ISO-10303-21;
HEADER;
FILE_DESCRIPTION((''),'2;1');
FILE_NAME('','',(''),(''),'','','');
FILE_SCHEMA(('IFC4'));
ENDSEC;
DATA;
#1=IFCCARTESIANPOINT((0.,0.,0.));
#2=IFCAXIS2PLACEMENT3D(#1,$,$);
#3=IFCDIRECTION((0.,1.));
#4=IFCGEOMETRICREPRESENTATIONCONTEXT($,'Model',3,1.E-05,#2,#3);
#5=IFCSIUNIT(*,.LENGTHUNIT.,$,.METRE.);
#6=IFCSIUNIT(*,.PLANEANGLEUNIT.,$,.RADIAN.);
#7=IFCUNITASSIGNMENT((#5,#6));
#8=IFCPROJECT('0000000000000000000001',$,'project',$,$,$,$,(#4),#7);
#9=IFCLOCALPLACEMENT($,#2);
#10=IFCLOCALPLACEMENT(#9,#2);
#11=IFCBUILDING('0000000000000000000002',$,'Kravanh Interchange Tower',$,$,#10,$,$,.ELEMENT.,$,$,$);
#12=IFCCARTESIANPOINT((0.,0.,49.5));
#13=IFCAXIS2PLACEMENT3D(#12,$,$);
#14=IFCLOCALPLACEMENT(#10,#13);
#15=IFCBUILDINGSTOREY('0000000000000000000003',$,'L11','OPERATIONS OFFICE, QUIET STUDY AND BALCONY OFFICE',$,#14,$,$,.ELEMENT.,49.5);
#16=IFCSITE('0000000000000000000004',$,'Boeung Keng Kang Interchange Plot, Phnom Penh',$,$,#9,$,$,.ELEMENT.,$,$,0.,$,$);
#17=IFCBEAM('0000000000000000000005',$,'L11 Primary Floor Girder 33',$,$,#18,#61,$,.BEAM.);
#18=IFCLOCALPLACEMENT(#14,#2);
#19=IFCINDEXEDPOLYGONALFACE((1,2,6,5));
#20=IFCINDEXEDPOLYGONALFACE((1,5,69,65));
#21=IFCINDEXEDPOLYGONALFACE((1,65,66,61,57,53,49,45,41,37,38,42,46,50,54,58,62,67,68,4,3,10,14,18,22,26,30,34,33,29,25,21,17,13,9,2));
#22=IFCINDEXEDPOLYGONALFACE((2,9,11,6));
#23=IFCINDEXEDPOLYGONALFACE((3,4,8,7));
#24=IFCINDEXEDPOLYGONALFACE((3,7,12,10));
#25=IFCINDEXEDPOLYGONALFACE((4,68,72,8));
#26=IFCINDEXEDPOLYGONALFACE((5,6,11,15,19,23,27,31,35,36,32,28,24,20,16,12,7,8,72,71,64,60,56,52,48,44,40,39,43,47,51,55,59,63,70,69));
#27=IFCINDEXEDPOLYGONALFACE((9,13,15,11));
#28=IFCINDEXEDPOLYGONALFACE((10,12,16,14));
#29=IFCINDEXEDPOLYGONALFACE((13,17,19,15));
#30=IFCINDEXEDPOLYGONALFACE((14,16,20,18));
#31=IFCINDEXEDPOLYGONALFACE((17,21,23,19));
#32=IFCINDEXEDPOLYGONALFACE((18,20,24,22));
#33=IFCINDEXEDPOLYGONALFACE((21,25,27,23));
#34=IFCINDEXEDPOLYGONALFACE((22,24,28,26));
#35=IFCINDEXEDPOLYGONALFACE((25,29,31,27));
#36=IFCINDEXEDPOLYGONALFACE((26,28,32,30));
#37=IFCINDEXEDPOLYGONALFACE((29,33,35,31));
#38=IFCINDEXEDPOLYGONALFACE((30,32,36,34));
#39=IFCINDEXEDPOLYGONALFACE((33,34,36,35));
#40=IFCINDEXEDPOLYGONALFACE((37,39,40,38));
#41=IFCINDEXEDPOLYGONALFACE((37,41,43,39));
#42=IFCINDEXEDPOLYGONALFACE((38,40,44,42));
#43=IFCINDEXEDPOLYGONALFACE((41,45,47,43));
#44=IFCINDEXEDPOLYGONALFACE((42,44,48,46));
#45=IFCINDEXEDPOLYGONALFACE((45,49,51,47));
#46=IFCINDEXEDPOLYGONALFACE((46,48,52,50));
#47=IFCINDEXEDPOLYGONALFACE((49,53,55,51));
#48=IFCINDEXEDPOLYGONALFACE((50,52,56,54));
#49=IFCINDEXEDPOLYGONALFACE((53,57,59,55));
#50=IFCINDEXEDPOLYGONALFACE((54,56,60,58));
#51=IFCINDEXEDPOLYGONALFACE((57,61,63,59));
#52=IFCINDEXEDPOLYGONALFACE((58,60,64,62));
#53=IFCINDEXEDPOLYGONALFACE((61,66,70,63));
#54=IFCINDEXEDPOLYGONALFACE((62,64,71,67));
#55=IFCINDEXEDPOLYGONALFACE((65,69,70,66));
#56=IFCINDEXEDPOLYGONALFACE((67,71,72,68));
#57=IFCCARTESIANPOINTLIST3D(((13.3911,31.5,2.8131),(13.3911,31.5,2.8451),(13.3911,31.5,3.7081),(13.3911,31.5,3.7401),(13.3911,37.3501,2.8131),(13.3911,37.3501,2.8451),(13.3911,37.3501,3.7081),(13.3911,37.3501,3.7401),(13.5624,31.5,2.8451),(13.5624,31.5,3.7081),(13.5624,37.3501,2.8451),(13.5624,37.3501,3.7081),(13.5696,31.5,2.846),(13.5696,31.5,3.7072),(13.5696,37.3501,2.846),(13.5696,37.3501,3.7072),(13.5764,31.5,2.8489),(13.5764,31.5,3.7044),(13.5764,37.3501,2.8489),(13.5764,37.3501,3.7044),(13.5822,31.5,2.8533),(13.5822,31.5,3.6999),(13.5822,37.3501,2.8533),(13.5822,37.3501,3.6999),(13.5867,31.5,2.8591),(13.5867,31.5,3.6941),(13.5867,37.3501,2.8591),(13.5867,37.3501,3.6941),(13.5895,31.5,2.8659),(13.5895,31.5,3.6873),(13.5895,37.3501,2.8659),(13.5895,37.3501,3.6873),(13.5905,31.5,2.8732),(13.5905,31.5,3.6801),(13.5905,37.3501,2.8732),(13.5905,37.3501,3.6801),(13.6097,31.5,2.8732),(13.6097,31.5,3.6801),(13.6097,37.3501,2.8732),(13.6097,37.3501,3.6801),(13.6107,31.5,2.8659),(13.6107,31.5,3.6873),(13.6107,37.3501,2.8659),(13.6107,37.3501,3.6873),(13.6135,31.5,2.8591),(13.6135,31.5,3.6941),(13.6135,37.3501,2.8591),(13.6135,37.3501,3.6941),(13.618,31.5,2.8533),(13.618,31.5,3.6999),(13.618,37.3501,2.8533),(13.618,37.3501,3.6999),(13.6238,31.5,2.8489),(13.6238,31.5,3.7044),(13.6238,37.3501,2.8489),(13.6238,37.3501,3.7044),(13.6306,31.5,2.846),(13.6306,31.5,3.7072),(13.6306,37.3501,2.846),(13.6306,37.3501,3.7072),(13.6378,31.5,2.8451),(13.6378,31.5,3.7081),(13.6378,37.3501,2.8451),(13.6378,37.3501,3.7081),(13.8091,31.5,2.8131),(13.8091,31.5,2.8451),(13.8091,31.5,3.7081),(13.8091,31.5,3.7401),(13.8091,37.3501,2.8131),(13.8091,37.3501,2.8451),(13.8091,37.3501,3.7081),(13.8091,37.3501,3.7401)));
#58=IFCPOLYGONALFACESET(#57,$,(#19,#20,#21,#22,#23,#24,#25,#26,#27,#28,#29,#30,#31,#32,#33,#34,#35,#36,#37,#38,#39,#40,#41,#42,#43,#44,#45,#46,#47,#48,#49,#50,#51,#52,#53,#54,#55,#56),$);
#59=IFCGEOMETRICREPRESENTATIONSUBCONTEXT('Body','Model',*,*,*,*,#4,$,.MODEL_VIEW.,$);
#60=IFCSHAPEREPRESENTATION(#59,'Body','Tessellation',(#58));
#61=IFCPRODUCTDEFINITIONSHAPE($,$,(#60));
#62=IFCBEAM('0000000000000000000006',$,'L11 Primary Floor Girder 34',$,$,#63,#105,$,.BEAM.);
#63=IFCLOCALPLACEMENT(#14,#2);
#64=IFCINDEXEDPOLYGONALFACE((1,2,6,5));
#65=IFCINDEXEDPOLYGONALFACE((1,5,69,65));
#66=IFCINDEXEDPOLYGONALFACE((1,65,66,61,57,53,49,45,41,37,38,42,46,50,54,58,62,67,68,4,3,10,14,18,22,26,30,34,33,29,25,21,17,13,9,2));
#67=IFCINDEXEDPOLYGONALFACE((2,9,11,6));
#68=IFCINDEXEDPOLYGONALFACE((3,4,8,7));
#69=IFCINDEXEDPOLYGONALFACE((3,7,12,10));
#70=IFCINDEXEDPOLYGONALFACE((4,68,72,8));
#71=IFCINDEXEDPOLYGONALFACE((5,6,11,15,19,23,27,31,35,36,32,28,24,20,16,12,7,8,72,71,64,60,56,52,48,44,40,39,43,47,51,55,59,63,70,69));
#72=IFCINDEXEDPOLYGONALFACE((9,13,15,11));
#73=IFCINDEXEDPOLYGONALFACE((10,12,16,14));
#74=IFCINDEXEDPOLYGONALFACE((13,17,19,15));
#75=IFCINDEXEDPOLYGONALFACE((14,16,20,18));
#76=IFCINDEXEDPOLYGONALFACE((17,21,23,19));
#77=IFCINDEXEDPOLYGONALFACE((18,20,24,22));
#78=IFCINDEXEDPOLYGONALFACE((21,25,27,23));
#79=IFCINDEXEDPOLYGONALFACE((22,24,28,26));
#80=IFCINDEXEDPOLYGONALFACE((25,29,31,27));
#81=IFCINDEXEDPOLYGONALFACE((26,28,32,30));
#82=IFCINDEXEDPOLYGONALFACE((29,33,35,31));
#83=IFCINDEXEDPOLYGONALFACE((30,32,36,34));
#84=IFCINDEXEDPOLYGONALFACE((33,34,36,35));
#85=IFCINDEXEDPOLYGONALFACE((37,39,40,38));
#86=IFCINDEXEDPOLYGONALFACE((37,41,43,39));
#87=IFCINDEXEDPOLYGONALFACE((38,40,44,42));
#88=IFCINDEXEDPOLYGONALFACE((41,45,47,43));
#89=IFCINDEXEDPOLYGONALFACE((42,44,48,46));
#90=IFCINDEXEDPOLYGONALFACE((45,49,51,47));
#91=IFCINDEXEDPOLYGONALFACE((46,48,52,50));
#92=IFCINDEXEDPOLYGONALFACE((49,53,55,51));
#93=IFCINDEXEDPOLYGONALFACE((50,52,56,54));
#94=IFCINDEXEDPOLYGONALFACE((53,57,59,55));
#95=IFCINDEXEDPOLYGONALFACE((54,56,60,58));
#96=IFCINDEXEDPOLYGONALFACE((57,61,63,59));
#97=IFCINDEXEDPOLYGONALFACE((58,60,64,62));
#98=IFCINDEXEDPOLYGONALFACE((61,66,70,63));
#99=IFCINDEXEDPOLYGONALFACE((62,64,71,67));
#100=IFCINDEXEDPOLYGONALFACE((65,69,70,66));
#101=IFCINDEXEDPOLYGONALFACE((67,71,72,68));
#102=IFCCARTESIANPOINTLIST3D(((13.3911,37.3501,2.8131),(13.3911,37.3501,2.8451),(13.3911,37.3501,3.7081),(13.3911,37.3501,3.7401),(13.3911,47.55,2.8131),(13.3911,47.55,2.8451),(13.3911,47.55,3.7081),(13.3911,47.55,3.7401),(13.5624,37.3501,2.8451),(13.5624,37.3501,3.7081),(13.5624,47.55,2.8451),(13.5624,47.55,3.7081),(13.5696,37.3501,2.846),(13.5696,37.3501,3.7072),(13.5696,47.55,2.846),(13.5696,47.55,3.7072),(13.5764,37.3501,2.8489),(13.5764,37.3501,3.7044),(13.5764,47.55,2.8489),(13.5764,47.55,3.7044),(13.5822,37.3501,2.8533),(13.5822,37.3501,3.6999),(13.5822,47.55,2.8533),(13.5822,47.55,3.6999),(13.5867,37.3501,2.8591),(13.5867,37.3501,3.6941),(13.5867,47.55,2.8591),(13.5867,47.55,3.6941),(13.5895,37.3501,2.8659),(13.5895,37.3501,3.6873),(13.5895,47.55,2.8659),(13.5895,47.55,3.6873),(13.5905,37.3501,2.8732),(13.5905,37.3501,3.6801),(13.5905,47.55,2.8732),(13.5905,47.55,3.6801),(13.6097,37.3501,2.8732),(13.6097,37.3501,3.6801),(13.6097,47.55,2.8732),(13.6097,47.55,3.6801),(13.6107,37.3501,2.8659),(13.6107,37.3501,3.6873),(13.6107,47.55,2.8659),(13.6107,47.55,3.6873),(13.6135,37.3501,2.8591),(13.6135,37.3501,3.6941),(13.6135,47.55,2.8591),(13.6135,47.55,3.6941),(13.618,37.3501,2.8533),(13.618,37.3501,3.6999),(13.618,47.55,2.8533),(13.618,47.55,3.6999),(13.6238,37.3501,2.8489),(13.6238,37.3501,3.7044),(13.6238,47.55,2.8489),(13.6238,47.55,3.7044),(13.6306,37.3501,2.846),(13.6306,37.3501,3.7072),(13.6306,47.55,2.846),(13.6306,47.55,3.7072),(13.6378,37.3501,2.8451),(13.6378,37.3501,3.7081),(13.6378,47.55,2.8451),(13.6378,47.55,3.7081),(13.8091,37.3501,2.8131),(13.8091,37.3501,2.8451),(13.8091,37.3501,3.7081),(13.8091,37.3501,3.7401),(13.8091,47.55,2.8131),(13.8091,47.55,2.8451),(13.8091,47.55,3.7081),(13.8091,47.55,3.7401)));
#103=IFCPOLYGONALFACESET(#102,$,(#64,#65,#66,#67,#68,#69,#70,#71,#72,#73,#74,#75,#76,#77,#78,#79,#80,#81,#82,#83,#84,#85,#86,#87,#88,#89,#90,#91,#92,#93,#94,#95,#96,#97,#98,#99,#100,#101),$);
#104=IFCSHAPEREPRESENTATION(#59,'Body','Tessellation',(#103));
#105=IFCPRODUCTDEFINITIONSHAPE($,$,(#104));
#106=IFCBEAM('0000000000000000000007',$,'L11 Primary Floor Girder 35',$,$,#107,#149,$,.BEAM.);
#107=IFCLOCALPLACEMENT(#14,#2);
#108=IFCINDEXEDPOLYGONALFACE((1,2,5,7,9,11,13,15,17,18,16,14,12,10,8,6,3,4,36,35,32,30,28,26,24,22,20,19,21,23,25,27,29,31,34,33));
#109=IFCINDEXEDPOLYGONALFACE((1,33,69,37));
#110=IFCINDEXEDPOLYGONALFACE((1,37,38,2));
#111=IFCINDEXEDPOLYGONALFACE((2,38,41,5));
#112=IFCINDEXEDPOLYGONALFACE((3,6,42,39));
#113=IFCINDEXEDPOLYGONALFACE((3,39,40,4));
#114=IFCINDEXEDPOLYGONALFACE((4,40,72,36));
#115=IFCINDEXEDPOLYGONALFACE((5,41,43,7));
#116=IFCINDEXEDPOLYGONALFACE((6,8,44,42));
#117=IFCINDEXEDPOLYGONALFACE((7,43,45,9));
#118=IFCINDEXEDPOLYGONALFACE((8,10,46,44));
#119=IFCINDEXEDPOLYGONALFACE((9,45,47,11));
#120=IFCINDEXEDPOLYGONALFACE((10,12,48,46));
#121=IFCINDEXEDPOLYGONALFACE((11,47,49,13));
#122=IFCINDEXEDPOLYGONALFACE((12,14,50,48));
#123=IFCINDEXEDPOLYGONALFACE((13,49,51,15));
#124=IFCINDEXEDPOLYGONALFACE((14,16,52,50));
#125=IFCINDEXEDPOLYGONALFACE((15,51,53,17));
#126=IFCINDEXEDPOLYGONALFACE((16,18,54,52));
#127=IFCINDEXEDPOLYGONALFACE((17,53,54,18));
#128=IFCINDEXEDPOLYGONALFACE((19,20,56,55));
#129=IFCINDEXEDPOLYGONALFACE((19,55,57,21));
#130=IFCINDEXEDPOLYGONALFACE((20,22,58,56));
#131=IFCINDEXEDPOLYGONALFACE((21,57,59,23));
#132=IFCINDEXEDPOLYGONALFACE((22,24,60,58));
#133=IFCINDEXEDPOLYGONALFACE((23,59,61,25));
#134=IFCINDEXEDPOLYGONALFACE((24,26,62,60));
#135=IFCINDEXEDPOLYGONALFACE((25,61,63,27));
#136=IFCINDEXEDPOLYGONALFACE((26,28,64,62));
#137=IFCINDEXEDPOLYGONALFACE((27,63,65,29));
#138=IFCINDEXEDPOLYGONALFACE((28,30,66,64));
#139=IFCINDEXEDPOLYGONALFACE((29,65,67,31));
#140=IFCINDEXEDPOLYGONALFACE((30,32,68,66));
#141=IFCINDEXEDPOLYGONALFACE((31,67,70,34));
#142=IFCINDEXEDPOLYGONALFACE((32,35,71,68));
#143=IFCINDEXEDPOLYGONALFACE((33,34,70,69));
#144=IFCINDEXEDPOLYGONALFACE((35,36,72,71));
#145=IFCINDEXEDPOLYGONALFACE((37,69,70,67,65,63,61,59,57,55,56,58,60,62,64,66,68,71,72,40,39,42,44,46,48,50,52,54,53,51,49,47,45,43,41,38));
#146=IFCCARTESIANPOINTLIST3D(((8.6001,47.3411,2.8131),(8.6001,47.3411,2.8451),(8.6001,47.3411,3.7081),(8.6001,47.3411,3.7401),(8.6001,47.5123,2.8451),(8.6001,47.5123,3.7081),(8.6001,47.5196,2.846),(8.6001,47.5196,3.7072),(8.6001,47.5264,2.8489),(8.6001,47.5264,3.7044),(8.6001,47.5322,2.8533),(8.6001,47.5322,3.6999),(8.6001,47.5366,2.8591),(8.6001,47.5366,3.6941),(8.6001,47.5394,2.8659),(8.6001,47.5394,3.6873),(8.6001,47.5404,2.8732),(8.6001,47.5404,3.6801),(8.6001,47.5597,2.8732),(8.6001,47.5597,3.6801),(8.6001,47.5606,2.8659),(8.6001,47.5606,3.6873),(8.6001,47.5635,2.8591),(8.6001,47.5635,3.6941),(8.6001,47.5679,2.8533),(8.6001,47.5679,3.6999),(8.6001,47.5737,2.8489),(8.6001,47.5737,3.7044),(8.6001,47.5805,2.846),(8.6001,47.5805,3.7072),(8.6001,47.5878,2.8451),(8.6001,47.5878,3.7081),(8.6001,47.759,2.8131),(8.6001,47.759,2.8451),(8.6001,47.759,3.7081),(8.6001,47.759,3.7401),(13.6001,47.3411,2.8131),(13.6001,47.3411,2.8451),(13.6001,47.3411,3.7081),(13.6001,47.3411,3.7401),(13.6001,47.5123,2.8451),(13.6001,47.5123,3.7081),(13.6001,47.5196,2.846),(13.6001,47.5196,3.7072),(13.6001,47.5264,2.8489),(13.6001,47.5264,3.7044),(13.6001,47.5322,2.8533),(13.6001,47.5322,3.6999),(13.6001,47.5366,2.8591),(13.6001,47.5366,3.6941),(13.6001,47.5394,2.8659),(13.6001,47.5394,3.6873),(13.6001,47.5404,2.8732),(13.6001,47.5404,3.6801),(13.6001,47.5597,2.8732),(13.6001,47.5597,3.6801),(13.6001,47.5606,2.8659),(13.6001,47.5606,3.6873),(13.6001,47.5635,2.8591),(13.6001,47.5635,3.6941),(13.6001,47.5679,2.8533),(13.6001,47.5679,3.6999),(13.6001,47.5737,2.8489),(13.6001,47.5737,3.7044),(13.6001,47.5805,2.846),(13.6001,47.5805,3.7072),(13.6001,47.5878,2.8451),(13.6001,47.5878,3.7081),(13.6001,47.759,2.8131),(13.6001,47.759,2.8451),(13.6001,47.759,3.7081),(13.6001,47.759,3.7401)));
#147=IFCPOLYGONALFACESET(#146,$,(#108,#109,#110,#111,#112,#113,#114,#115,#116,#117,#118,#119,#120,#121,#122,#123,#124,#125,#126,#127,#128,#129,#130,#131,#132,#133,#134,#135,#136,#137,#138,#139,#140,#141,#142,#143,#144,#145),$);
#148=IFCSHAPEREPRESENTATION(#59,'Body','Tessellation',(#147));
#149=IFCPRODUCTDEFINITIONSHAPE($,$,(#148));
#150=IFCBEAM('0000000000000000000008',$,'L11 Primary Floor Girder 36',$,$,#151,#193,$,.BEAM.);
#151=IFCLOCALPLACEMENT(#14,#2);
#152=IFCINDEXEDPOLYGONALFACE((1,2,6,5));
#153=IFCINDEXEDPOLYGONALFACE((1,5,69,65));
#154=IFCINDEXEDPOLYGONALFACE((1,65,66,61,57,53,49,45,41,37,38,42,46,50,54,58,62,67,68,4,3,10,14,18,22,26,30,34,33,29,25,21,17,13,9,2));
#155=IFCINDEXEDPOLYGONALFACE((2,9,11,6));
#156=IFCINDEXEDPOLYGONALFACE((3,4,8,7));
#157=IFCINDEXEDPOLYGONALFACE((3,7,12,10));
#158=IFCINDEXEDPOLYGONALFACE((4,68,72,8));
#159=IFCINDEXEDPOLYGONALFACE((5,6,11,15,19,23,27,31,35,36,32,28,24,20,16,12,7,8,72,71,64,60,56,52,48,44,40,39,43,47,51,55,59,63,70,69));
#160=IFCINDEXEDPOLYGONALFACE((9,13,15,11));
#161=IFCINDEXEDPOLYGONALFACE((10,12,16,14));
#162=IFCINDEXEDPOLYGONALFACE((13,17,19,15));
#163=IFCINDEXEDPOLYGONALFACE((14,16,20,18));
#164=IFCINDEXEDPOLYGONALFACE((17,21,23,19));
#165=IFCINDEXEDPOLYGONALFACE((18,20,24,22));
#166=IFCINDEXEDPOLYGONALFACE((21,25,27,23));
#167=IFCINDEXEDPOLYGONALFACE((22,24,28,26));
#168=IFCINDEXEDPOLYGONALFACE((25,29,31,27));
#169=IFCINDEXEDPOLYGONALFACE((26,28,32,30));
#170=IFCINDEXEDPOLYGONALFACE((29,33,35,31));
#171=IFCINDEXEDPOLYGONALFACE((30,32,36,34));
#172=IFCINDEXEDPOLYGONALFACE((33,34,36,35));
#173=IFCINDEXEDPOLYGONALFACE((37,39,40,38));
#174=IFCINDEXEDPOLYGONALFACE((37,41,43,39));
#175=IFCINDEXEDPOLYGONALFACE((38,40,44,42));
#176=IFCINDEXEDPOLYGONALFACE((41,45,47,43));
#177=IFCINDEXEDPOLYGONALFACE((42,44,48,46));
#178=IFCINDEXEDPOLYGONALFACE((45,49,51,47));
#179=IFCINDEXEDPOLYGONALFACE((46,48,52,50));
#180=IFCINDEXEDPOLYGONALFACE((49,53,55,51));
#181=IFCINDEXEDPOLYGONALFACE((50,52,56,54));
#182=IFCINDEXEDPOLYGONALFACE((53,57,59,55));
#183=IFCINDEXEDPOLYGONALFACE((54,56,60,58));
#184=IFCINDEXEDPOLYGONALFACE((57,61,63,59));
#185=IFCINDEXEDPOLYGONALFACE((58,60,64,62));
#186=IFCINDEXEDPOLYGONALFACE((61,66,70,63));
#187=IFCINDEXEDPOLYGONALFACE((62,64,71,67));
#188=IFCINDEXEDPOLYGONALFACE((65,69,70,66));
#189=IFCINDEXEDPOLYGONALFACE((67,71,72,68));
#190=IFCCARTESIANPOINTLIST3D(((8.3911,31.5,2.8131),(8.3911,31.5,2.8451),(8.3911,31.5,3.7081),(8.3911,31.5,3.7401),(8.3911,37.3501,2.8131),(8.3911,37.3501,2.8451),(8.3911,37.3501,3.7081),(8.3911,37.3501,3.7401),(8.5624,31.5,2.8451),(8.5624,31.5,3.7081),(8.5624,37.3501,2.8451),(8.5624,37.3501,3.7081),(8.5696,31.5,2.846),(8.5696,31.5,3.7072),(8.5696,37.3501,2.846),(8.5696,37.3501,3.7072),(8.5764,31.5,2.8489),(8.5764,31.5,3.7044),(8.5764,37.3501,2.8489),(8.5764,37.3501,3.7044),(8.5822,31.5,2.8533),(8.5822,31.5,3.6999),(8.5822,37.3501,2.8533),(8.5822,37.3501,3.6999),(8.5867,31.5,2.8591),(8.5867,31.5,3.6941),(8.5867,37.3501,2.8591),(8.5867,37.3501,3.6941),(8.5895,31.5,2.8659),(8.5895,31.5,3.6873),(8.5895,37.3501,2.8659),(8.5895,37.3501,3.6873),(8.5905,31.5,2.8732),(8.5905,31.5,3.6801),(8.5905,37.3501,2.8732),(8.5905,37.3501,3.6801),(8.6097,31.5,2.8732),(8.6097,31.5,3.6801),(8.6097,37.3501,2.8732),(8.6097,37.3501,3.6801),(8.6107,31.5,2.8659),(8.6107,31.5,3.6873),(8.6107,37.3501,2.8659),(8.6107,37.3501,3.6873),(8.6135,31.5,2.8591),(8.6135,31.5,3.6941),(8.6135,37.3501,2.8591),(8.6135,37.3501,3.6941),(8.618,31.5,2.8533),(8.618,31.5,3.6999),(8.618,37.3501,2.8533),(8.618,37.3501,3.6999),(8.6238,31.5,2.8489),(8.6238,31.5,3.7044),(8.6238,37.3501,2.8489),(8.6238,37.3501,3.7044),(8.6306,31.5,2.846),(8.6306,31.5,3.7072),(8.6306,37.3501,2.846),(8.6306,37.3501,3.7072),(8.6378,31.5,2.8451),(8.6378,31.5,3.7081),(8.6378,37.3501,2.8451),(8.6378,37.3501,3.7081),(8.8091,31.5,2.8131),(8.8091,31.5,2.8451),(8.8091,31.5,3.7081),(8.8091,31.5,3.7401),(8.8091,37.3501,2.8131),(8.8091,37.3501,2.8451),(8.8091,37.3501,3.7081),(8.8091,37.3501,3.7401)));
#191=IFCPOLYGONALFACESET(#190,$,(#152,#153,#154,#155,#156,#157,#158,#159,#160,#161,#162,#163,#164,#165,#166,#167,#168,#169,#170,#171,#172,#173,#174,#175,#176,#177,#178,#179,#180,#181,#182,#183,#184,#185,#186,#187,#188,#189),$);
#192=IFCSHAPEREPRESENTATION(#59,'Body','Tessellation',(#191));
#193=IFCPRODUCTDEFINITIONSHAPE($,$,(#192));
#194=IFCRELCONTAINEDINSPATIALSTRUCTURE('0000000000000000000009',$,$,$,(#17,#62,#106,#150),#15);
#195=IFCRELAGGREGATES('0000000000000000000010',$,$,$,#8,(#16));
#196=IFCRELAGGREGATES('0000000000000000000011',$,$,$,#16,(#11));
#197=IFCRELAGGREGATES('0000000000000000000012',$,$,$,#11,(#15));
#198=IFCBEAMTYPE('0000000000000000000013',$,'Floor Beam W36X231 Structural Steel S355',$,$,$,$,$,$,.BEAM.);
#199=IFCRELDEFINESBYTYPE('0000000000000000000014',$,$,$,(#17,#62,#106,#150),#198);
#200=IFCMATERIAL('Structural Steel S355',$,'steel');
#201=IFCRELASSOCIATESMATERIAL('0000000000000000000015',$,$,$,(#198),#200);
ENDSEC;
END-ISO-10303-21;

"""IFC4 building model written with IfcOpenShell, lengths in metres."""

from ifc_helpers import new_model, si_unit, direction, frame, origin, origin_2d, place, context, subcontext, project, spatial, i_section, extrude, material, material_profile, profile_set, type_object, element, save


model = new_model("IFC4")

# Units and contexts
model_context = context("Model", 3, precision=1e-05, world=origin(), true_north=direction((0.0, 1.0)))
body_context = subcontext(model_context, "Body", "Model", "MODEL_VIEW")
ifc_project = project(units=[si_unit("LENGTHUNIT", "METRE"), si_unit("PLANEANGLEUNIT", "RADIAN")], contexts=[model_context])

# Site, building, storey
site_placement = place(None, origin())
site = spatial("IfcSite", under=ifc_project, at=site_placement, Name="Boeung Keng Kang Interchange Plot, Phnom Penh", CompositionType="ELEMENT", RefElevation=0.0)
building_placement = place(site_placement, origin())
building = spatial("IfcBuilding", under=site, at=building_placement, Name="Kravanh Interchange Tower", CompositionType="ELEMENT")
storey_placement = place(building_placement, frame((0.0, 0.0, 49.5)))
storey = spatial("IfcBuildingStorey", under=building, at=storey_placement, Name="L11", Description="OPERATIONS OFFICE, QUIET STUDY AND BALCONY OFFICE", CompositionType="ELEMENT", Elevation=49.5)

# Beams
ifc_material_1 = material(Name="Structural Steel S355", Category="steel")
ifc_material_profile_1 = material_profile(ifc_material_1, i_section(OverallWidth=0.418, OverallDepth=0.927, WebThickness=0.0193, FlangeThickness=0.032, FilletRadius=0.0281, at=origin_2d()), Name="W36X231")
ifc_profile_set_1 = profile_set([ifc_material_profile_1], Name="Structural Steel S355")
beam_type = type_object("IfcBeamType", Name="Floor Beam W36X231 Structural Steel S355", PredefinedType="BEAM", material=ifc_profile_set_1)
beam_1_placement = place(storey_placement, frame((13.6001, 37.3501, 3.2766), z_axis=(0.0, -1.0, 0.0), x_axis=(1.0, 0.0, 0.0)))
element("IfcBeam", 1, at=beam_1_placement, inside=storey, type_object=beam_type, Name="L11 Primary Floor Girder 33", PredefinedType="BEAM", context=body_context, shape_type="SweptSolid", body=[
    extrude(i_section(OverallWidth=0.418, OverallDepth=0.927, WebThickness=0.0193, FlangeThickness=0.032, FilletRadius=0.0281, at=origin_2d()), origin(), (0.0, 0.0, 1.0), 5.8501),
])
beam_2_placement = place(storey_placement, frame((13.6001, 37.3501, 3.2766), z_axis=(0.0, 1.0, 0.0), x_axis=(-1.0, 0.0, 0.0)))
element("IfcBeam", 2, at=beam_2_placement, inside=storey, type_object=beam_type, Name="L11 Primary Floor Girder 34", PredefinedType="BEAM", context=body_context, shape_type="SweptSolid", body=[
    extrude(i_section(OverallWidth=0.418, OverallDepth=0.927, WebThickness=0.0193, FlangeThickness=0.032, FilletRadius=0.0281, at=origin_2d()), origin(), (0.0, 0.0, 1.0), 10.2),
])
beam_3_placement = place(storey_placement, frame((13.6001, 47.55, 3.2766), z_axis=(-1.0, 0.0, 0.0), x_axis=(0.0, -1.0, 0.0)))
element("IfcBeam", 3, at=beam_3_placement, inside=storey, type_object=beam_type, Name="L11 Primary Floor Girder 35", PredefinedType="BEAM", context=body_context, shape_type="SweptSolid", body=[
    extrude(i_section(OverallWidth=0.418, OverallDepth=0.927, WebThickness=0.0193, FlangeThickness=0.032, FilletRadius=0.0281, at=origin_2d()), origin(), (0.0, 0.0, 1.0), 5.0),
])
beam_4_placement = place(storey_placement, frame((8.6001, 37.3501, 3.2766), z_axis=(0.0, -1.0, 0.0), x_axis=(1.0, 0.0, 0.0)))
element("IfcBeam", 4, at=beam_4_placement, inside=storey, type_object=beam_type, Name="L11 Primary Floor Girder 36", PredefinedType="BEAM", context=body_context, shape_type="SweptSolid", body=[
    extrude(i_section(OverallWidth=0.418, OverallDepth=0.927, WebThickness=0.0193, FlangeThickness=0.032, FilletRadius=0.0281, at=origin_2d()), origin(), (0.0, 0.0, 1.0), 5.8501),
])

save(model, "model.ifc")
